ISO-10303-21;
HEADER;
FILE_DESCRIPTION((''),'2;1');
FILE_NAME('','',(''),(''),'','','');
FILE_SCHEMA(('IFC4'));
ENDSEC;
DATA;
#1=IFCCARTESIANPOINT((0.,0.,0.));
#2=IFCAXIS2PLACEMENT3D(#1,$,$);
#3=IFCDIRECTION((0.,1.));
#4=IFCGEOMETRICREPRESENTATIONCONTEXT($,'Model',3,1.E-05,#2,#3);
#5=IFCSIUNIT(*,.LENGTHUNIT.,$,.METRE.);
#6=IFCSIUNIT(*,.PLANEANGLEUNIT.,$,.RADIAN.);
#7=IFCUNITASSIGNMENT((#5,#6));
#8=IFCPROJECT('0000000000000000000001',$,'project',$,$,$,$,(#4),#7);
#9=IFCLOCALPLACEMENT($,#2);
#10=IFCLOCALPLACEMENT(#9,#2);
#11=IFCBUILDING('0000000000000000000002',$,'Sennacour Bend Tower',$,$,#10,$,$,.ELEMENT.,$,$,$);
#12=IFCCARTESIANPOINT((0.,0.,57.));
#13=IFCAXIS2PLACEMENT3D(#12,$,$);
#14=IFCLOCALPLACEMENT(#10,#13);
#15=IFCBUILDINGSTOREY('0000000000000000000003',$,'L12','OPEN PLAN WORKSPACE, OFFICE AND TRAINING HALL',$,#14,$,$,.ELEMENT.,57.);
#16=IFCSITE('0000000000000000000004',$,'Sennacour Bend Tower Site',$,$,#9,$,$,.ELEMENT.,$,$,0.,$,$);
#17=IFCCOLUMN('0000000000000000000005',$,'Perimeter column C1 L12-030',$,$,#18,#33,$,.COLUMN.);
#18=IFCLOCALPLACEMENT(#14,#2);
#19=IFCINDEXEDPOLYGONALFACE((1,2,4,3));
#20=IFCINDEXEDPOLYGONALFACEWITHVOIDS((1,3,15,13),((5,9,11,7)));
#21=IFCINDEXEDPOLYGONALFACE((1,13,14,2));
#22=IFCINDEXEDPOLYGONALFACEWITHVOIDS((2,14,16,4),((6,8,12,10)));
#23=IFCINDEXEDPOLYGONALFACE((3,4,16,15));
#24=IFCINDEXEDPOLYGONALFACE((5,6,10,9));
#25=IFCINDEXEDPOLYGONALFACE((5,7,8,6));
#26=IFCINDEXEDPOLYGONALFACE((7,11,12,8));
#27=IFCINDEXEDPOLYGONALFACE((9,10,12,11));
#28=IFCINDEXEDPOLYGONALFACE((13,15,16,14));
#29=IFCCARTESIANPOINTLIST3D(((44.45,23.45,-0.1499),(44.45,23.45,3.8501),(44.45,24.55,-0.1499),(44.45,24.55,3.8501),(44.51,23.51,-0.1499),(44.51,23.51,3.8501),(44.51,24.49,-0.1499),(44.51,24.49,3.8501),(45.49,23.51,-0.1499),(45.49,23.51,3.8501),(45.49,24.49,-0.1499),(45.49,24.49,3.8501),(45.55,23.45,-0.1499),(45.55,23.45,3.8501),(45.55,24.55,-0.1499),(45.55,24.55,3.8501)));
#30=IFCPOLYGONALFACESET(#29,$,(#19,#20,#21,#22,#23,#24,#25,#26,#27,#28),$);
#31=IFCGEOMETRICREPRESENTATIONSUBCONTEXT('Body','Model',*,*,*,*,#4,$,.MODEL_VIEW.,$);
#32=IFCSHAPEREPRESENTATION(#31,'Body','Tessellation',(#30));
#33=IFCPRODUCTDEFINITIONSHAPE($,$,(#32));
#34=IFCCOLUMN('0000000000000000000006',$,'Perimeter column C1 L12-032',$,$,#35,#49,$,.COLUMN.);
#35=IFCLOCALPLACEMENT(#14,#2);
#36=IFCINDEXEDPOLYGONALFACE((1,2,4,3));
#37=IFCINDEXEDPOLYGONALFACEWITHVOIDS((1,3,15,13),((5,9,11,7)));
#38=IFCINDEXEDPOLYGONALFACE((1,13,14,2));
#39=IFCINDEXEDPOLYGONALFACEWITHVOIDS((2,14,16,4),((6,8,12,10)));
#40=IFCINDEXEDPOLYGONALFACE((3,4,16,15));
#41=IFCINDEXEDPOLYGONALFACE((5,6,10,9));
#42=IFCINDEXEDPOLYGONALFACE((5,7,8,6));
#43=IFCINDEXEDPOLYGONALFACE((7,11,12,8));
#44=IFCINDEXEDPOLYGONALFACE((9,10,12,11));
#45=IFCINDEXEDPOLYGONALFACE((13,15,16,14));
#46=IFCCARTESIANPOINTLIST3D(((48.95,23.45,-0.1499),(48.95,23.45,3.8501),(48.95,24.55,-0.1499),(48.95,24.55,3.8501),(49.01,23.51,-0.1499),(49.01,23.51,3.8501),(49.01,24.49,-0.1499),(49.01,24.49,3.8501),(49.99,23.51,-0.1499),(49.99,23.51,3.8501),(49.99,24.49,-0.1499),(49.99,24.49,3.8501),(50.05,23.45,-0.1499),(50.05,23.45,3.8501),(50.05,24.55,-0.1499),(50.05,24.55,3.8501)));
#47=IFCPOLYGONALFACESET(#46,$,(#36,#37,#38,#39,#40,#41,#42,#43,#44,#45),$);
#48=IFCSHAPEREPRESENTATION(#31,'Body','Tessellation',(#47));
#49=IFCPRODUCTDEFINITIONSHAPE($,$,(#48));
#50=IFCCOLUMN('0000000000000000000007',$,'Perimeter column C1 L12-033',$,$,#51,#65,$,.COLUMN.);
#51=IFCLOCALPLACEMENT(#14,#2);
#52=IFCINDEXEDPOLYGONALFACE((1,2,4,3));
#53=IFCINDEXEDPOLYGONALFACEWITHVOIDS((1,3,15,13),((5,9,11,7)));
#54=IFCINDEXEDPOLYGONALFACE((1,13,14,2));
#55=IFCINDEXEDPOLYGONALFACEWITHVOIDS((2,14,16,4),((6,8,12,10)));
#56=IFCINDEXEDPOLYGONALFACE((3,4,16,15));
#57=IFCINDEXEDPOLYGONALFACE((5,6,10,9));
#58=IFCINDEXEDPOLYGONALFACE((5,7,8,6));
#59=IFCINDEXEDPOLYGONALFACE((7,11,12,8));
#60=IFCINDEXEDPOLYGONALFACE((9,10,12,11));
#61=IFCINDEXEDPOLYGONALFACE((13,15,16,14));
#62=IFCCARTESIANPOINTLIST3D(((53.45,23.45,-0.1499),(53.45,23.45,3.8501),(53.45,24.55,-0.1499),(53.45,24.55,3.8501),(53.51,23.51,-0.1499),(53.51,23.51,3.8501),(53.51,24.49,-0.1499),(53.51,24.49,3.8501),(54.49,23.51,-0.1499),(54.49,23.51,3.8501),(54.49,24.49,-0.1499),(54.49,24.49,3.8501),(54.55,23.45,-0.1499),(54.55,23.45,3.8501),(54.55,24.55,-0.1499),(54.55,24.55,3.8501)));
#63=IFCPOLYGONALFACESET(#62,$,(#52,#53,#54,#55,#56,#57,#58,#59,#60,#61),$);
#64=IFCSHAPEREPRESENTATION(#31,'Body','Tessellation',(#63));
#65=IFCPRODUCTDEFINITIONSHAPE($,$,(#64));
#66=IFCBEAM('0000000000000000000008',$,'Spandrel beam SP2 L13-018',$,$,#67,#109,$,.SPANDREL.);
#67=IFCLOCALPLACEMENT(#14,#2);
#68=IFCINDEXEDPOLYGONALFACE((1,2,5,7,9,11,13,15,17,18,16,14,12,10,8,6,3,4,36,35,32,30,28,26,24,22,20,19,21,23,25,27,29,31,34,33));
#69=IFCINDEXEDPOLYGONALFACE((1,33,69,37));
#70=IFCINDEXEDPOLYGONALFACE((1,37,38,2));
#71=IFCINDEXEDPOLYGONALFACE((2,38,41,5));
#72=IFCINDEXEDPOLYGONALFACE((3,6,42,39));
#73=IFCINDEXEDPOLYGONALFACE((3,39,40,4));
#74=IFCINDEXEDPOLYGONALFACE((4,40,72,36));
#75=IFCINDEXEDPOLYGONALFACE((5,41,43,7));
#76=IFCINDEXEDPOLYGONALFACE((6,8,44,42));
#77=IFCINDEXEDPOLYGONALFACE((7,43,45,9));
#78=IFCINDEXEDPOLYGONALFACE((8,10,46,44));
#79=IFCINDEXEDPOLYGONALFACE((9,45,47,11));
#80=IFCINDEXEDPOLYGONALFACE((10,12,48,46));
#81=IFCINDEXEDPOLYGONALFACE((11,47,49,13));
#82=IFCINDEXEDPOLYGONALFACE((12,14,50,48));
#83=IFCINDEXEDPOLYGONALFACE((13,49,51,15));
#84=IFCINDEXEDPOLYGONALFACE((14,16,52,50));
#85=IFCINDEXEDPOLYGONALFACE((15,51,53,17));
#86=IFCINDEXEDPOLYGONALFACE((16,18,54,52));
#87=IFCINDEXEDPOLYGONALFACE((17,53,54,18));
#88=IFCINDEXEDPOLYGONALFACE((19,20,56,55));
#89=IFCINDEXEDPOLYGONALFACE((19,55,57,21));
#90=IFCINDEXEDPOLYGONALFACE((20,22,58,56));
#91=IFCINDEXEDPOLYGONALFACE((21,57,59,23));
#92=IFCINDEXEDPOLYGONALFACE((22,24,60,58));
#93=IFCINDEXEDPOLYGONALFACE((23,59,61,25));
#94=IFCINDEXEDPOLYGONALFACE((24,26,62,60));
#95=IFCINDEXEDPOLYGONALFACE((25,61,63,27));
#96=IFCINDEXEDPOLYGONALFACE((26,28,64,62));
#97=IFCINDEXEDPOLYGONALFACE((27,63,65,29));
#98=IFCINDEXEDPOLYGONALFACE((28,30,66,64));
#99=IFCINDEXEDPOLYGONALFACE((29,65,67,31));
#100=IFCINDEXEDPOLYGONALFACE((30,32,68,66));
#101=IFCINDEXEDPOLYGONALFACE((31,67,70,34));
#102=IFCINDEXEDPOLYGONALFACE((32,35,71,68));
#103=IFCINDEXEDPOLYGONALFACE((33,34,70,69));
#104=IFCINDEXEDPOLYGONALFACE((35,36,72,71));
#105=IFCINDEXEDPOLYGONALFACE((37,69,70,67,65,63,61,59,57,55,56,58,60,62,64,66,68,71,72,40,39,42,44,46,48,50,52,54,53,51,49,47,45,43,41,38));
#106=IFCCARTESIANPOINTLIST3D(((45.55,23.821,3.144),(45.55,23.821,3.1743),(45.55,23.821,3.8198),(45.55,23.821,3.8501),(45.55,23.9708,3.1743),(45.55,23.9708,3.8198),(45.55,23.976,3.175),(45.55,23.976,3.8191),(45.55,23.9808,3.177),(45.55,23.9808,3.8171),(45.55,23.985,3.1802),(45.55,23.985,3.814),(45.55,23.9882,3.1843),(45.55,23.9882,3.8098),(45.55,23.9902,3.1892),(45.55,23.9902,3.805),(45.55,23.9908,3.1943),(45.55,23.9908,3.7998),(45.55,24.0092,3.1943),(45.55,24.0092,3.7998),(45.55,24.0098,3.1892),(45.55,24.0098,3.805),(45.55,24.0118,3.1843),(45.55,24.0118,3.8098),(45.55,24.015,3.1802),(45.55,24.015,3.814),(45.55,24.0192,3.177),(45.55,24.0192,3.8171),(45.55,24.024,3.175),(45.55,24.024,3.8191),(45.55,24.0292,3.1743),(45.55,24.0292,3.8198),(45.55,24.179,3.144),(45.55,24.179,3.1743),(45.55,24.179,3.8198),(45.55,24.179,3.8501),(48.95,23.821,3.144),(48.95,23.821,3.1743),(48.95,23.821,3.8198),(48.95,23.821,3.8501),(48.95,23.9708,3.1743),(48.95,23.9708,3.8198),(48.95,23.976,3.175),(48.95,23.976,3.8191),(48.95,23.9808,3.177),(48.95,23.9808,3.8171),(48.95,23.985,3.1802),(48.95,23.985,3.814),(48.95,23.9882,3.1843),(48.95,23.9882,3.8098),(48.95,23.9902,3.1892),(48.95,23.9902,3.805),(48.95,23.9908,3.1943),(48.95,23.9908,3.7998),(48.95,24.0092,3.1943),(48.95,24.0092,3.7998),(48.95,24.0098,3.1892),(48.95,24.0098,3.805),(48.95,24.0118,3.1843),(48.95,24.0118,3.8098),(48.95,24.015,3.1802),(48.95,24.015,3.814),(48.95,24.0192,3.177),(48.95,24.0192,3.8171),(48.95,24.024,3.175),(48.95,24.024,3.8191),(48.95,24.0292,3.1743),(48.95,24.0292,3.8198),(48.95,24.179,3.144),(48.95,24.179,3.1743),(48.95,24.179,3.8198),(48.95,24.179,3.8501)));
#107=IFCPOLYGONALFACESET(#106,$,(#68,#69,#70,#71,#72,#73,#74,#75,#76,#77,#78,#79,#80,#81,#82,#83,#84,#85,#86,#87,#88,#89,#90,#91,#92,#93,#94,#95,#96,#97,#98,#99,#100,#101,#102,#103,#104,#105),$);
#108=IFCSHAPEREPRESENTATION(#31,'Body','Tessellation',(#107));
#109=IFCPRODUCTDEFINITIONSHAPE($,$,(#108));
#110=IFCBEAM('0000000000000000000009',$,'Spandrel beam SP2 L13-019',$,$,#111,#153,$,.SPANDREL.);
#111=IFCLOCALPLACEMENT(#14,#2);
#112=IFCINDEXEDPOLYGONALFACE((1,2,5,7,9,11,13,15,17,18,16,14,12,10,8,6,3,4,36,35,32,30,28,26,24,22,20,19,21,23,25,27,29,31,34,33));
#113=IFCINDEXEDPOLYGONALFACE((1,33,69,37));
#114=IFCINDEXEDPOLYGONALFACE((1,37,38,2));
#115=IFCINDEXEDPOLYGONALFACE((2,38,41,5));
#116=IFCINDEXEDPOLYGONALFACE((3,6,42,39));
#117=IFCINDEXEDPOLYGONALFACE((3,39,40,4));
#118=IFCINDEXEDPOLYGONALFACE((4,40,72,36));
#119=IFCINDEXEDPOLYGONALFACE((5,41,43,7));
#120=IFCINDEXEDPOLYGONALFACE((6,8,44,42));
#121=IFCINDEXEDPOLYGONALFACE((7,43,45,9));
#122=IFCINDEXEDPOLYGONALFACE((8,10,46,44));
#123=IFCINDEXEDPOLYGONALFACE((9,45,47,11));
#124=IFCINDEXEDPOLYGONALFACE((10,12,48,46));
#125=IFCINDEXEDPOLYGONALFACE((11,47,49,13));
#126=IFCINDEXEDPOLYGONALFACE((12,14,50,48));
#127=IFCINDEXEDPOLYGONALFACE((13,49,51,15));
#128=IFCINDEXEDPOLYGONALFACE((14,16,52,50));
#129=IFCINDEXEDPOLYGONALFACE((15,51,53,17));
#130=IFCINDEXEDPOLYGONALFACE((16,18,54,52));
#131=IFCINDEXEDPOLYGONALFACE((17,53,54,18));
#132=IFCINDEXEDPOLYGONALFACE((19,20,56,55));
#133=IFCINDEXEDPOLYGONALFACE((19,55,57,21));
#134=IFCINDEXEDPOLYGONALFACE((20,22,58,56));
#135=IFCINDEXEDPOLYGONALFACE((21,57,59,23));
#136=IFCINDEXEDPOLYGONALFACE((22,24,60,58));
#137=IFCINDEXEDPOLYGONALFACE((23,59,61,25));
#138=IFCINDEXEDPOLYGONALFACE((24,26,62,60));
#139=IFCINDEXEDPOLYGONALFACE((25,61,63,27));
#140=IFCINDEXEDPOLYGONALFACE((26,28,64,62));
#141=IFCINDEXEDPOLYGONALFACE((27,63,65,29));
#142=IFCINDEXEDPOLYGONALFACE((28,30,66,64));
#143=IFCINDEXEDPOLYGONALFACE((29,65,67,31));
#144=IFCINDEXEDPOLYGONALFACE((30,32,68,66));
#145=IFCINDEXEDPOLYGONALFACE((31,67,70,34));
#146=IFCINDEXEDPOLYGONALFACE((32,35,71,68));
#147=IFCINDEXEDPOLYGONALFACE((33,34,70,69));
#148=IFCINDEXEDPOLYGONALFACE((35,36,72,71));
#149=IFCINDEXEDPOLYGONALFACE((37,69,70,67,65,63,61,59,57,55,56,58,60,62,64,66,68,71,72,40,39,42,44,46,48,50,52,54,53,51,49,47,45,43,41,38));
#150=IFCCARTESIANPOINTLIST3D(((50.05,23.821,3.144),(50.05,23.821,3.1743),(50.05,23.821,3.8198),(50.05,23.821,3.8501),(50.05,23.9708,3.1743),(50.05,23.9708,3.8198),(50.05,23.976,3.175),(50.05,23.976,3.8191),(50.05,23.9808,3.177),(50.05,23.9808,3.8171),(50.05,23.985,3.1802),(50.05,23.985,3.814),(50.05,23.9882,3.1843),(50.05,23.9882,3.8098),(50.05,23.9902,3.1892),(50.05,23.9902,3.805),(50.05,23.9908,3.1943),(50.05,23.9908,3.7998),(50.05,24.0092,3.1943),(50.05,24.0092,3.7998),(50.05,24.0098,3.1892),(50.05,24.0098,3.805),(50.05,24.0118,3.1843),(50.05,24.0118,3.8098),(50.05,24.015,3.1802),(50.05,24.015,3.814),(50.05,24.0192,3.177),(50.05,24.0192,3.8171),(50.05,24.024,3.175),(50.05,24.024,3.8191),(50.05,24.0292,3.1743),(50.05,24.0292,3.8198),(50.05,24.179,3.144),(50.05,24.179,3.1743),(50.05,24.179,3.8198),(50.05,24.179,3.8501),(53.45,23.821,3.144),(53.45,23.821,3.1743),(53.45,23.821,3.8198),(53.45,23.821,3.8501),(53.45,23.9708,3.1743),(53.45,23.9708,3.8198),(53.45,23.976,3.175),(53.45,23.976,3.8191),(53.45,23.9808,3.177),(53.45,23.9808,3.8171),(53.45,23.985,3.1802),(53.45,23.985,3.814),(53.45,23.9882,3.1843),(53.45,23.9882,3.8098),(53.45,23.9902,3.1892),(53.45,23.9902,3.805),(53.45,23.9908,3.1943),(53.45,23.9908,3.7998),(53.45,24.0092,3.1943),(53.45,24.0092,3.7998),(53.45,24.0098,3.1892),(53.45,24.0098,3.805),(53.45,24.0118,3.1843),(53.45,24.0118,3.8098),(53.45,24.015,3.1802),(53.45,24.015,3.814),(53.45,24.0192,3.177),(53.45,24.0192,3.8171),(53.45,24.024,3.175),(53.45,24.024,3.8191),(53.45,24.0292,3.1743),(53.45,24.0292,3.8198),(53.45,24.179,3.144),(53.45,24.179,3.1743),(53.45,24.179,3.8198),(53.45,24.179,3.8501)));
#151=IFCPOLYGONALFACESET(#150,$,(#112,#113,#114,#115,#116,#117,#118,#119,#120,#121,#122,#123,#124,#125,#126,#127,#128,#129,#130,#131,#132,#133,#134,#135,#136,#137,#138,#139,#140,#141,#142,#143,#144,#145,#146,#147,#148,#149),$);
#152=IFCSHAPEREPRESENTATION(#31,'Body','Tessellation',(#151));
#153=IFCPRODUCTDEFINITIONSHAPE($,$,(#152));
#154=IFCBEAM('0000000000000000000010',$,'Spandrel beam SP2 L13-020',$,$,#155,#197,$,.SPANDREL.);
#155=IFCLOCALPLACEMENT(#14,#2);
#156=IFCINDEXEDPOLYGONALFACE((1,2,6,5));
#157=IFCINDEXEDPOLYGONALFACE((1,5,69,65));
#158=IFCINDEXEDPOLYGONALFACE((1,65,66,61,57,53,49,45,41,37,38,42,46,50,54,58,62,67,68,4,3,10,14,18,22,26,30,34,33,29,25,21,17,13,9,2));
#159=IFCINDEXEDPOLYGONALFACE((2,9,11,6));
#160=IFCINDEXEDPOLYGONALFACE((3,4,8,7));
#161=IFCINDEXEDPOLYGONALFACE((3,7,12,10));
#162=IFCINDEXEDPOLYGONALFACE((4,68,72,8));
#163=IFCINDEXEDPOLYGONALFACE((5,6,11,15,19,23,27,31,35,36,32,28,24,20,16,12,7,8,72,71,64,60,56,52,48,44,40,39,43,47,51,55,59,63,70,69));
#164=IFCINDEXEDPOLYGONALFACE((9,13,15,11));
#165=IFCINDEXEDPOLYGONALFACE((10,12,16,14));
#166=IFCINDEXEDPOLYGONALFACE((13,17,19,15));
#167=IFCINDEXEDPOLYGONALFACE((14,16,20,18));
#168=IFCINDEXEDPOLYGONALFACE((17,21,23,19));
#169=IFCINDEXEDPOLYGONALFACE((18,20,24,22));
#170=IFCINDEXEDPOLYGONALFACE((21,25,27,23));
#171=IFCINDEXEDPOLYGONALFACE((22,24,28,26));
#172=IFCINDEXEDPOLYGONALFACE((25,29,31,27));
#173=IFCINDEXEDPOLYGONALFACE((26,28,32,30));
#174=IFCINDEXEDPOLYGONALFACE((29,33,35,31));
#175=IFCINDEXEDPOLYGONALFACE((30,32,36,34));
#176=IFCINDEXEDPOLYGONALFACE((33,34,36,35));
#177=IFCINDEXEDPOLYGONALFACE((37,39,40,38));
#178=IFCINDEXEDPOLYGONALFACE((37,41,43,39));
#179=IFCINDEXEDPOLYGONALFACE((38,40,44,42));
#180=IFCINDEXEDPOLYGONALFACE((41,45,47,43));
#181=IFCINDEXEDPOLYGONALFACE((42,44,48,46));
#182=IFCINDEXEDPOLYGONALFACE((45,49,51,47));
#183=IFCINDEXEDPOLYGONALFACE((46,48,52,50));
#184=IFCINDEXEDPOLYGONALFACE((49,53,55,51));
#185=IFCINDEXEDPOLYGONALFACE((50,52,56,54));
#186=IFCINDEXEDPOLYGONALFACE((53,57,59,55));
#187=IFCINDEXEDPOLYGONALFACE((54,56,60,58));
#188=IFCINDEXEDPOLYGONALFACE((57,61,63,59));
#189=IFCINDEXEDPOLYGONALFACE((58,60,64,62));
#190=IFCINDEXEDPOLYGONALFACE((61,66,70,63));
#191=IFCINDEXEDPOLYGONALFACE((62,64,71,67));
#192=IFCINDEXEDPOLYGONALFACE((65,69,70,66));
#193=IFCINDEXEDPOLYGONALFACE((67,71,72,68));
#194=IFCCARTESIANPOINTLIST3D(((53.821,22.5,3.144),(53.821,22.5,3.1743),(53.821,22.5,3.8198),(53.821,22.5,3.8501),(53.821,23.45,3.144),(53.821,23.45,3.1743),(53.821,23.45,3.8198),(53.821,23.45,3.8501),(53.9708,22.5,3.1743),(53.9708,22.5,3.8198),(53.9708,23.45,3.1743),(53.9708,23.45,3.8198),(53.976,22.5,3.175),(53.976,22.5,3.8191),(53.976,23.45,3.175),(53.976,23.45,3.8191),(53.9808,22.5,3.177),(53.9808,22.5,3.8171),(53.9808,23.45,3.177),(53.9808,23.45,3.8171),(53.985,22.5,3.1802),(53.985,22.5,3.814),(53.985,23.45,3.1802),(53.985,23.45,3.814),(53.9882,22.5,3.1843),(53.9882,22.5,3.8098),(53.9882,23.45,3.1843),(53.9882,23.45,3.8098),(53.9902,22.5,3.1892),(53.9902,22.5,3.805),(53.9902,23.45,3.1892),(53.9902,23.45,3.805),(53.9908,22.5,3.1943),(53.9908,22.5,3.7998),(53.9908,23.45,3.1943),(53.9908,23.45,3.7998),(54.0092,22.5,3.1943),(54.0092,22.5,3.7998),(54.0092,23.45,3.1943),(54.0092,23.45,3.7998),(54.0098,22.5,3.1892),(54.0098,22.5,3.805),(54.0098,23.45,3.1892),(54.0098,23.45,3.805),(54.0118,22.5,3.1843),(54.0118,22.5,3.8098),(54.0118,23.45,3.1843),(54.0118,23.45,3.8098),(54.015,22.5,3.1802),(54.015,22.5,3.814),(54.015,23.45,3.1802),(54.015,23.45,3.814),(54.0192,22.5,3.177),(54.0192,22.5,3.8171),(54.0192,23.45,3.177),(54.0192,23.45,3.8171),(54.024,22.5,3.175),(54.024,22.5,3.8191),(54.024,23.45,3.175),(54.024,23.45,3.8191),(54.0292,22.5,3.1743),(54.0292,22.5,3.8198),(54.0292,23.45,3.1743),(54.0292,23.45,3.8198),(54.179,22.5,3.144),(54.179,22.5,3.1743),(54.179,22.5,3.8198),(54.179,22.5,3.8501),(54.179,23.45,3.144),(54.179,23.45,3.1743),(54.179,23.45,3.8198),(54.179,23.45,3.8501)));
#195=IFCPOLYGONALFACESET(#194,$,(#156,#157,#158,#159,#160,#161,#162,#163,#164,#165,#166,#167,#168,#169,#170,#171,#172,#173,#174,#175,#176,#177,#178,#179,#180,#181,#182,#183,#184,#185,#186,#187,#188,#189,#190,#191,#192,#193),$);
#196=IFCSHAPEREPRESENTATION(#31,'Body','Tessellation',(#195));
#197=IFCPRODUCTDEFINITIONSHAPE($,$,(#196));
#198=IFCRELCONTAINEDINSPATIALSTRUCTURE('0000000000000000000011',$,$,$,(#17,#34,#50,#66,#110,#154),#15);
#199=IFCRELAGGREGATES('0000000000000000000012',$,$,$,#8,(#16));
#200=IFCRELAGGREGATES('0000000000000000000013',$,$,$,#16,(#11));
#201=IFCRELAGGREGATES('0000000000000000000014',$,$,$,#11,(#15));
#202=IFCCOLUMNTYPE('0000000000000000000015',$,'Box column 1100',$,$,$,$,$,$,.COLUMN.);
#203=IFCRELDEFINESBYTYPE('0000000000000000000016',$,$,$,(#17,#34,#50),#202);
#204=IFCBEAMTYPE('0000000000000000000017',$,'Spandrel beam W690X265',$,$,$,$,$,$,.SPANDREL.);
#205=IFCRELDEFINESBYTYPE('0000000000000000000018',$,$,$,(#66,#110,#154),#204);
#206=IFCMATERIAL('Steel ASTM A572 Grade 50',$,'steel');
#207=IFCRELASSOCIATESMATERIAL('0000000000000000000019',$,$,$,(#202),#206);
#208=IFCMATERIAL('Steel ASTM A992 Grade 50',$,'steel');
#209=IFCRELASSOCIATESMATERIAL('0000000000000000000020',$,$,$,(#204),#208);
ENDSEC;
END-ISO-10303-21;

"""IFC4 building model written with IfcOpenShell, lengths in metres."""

from ifc_helpers import new_model, si_unit, direction, frame, origin, origin_2d, place, context, subcontext, project, spatial, hollow_rectangle, i_section, extrude, material, material_profile, profile_set, type_object, element, save


model = new_model("IFC4")

# Units and contexts
model_context = context("Model", 3, precision=1e-05, world=origin(), true_north=direction((0.0, 1.0)))
body_context = subcontext(model_context, "Body", "Model", "MODEL_VIEW")
ifc_project = project(units=[si_unit("LENGTHUNIT", "METRE"), si_unit("PLANEANGLEUNIT", "RADIAN")], contexts=[model_context])

# Site, building, storey
site_placement = place(None, origin())
site = spatial("IfcSite", under=ifc_project, at=site_placement, Name="Sennacour Bend Tower Site", CompositionType="ELEMENT", RefElevation=0.0)
building_placement = place(site_placement, origin())
building = spatial("IfcBuilding", under=site, at=building_placement, Name="Sennacour Bend Tower", CompositionType="ELEMENT")
storey_placement = place(building_placement, frame((0.0, 0.0, 57.0)))
storey = spatial("IfcBuildingStorey", under=building, at=storey_placement, Name="L12", Description="OPEN PLAN WORKSPACE, OFFICE AND TRAINING HALL", CompositionType="ELEMENT", Elevation=57.0)

# Columns
ifc_material_1 = material(Name="Steel ASTM A572 Grade 50", Category="steel")
ifc_material_profile_1 = material_profile(ifc_material_1, hollow_rectangle(XDim=1.1001, YDim=1.1001, WallThickness=0.0601, at=origin_2d()), Name="Steel ASTM A572 Grade 50", Category="steel")
ifc_profile_set_1 = profile_set([ifc_material_profile_1], Name="Steel ASTM A572 Grade 50")
column_type = type_object("IfcColumnType", Name="Box column 1100", PredefinedType="COLUMN", material=ifc_profile_set_1)
for number, where, z_axis, x_axis, name in (
    (1, (45.0, 24.0, -0.1499), (0.0, 0.0, 1.0), (1.0, 0.0, 0.0), "Perimeter column C1 L12-030"),
    (2, (49.5, 24.0, -0.1499), (0.0, 0.0, 1.0), (1.0, 0.0, 0.0), "Perimeter column C1 L12-032"),
    (3, (54.0, 24.0, -0.1499), (0.0, 0.0, 1.0), (1.0, 0.0, 0.0), "Perimeter column C1 L12-033"),
):
    element("IfcColumn", number, at=place(storey_placement, frame(where, z_axis=z_axis, x_axis=x_axis)), inside=storey, type_object=column_type, Name=name, PredefinedType="COLUMN", context=body_context, shape_type="SweptSolid", body=[
        extrude(hollow_rectangle(XDim=1.1001, YDim=1.1001, WallThickness=0.0601, at=origin_2d()), origin(), (0.0, 0.0, 1.0), 4.0),
    ])

# Beams
ifc_material_2 = material(Name="Steel ASTM A992 Grade 50", Category="steel")
ifc_material_profile_2 = material_profile(ifc_material_2, i_section(OverallWidth=0.3579, OverallDepth=0.7061, WebThickness=0.0183, FlangeThickness=0.0303, FilletRadius=0.02, at=origin_2d()), Name="Steel ASTM A992 Grade 50", Category="steel")
ifc_profile_set_2 = profile_set([ifc_material_profile_2], Name="Steel ASTM A992 Grade 50")
beam_type = type_object("IfcBeamType", Name="Spandrel beam W690X265", PredefinedType="SPANDREL", material=ifc_profile_set_2)
for number, where, z_axis, x_axis, name in (
    (4, (45.55, 24.0, 3.4971), (1.0, 0.0, 0.0), (0.0, 1.0, 0.0), "Spandrel beam SP2 L13-018"),
    (5, (50.05, 24.0, 3.4971), (1.0, 0.0, 0.0), (0.0, 1.0, 0.0), "Spandrel beam SP2 L13-019"),
):
    element("IfcBeam", number, at=place(storey_placement, frame(where, z_axis=z_axis, x_axis=x_axis)), inside=storey, type_object=beam_type, Name=name, PredefinedType="SPANDREL", context=body_context, shape_type="SweptSolid", body=[
        extrude(i_section(OverallWidth=0.3579, OverallDepth=0.7061, WebThickness=0.0183, FlangeThickness=0.0303, FilletRadius=0.02, at=origin_2d()), origin(), (0.0, 0.0, 1.0), 3.3999),
    ])
beam_placement = place(storey_placement, frame((54.0, 23.45, 3.4971), z_axis=(0.0, -1.0, 0.0), x_axis=(1.0, 0.0, 0.0)))
element("IfcBeam", 6, at=beam_placement, inside=storey, type_object=beam_type, Name="Spandrel beam SP2 L13-020", PredefinedType="SPANDREL", context=body_context, shape_type="SweptSolid", body=[
    extrude(i_section(OverallWidth=0.3579, OverallDepth=0.7061, WebThickness=0.0183, FlangeThickness=0.0303, FilletRadius=0.02, at=origin_2d()), origin(), (0.0, 0.0, 1.0), 0.95),
])

save(model, "model.ifc")
